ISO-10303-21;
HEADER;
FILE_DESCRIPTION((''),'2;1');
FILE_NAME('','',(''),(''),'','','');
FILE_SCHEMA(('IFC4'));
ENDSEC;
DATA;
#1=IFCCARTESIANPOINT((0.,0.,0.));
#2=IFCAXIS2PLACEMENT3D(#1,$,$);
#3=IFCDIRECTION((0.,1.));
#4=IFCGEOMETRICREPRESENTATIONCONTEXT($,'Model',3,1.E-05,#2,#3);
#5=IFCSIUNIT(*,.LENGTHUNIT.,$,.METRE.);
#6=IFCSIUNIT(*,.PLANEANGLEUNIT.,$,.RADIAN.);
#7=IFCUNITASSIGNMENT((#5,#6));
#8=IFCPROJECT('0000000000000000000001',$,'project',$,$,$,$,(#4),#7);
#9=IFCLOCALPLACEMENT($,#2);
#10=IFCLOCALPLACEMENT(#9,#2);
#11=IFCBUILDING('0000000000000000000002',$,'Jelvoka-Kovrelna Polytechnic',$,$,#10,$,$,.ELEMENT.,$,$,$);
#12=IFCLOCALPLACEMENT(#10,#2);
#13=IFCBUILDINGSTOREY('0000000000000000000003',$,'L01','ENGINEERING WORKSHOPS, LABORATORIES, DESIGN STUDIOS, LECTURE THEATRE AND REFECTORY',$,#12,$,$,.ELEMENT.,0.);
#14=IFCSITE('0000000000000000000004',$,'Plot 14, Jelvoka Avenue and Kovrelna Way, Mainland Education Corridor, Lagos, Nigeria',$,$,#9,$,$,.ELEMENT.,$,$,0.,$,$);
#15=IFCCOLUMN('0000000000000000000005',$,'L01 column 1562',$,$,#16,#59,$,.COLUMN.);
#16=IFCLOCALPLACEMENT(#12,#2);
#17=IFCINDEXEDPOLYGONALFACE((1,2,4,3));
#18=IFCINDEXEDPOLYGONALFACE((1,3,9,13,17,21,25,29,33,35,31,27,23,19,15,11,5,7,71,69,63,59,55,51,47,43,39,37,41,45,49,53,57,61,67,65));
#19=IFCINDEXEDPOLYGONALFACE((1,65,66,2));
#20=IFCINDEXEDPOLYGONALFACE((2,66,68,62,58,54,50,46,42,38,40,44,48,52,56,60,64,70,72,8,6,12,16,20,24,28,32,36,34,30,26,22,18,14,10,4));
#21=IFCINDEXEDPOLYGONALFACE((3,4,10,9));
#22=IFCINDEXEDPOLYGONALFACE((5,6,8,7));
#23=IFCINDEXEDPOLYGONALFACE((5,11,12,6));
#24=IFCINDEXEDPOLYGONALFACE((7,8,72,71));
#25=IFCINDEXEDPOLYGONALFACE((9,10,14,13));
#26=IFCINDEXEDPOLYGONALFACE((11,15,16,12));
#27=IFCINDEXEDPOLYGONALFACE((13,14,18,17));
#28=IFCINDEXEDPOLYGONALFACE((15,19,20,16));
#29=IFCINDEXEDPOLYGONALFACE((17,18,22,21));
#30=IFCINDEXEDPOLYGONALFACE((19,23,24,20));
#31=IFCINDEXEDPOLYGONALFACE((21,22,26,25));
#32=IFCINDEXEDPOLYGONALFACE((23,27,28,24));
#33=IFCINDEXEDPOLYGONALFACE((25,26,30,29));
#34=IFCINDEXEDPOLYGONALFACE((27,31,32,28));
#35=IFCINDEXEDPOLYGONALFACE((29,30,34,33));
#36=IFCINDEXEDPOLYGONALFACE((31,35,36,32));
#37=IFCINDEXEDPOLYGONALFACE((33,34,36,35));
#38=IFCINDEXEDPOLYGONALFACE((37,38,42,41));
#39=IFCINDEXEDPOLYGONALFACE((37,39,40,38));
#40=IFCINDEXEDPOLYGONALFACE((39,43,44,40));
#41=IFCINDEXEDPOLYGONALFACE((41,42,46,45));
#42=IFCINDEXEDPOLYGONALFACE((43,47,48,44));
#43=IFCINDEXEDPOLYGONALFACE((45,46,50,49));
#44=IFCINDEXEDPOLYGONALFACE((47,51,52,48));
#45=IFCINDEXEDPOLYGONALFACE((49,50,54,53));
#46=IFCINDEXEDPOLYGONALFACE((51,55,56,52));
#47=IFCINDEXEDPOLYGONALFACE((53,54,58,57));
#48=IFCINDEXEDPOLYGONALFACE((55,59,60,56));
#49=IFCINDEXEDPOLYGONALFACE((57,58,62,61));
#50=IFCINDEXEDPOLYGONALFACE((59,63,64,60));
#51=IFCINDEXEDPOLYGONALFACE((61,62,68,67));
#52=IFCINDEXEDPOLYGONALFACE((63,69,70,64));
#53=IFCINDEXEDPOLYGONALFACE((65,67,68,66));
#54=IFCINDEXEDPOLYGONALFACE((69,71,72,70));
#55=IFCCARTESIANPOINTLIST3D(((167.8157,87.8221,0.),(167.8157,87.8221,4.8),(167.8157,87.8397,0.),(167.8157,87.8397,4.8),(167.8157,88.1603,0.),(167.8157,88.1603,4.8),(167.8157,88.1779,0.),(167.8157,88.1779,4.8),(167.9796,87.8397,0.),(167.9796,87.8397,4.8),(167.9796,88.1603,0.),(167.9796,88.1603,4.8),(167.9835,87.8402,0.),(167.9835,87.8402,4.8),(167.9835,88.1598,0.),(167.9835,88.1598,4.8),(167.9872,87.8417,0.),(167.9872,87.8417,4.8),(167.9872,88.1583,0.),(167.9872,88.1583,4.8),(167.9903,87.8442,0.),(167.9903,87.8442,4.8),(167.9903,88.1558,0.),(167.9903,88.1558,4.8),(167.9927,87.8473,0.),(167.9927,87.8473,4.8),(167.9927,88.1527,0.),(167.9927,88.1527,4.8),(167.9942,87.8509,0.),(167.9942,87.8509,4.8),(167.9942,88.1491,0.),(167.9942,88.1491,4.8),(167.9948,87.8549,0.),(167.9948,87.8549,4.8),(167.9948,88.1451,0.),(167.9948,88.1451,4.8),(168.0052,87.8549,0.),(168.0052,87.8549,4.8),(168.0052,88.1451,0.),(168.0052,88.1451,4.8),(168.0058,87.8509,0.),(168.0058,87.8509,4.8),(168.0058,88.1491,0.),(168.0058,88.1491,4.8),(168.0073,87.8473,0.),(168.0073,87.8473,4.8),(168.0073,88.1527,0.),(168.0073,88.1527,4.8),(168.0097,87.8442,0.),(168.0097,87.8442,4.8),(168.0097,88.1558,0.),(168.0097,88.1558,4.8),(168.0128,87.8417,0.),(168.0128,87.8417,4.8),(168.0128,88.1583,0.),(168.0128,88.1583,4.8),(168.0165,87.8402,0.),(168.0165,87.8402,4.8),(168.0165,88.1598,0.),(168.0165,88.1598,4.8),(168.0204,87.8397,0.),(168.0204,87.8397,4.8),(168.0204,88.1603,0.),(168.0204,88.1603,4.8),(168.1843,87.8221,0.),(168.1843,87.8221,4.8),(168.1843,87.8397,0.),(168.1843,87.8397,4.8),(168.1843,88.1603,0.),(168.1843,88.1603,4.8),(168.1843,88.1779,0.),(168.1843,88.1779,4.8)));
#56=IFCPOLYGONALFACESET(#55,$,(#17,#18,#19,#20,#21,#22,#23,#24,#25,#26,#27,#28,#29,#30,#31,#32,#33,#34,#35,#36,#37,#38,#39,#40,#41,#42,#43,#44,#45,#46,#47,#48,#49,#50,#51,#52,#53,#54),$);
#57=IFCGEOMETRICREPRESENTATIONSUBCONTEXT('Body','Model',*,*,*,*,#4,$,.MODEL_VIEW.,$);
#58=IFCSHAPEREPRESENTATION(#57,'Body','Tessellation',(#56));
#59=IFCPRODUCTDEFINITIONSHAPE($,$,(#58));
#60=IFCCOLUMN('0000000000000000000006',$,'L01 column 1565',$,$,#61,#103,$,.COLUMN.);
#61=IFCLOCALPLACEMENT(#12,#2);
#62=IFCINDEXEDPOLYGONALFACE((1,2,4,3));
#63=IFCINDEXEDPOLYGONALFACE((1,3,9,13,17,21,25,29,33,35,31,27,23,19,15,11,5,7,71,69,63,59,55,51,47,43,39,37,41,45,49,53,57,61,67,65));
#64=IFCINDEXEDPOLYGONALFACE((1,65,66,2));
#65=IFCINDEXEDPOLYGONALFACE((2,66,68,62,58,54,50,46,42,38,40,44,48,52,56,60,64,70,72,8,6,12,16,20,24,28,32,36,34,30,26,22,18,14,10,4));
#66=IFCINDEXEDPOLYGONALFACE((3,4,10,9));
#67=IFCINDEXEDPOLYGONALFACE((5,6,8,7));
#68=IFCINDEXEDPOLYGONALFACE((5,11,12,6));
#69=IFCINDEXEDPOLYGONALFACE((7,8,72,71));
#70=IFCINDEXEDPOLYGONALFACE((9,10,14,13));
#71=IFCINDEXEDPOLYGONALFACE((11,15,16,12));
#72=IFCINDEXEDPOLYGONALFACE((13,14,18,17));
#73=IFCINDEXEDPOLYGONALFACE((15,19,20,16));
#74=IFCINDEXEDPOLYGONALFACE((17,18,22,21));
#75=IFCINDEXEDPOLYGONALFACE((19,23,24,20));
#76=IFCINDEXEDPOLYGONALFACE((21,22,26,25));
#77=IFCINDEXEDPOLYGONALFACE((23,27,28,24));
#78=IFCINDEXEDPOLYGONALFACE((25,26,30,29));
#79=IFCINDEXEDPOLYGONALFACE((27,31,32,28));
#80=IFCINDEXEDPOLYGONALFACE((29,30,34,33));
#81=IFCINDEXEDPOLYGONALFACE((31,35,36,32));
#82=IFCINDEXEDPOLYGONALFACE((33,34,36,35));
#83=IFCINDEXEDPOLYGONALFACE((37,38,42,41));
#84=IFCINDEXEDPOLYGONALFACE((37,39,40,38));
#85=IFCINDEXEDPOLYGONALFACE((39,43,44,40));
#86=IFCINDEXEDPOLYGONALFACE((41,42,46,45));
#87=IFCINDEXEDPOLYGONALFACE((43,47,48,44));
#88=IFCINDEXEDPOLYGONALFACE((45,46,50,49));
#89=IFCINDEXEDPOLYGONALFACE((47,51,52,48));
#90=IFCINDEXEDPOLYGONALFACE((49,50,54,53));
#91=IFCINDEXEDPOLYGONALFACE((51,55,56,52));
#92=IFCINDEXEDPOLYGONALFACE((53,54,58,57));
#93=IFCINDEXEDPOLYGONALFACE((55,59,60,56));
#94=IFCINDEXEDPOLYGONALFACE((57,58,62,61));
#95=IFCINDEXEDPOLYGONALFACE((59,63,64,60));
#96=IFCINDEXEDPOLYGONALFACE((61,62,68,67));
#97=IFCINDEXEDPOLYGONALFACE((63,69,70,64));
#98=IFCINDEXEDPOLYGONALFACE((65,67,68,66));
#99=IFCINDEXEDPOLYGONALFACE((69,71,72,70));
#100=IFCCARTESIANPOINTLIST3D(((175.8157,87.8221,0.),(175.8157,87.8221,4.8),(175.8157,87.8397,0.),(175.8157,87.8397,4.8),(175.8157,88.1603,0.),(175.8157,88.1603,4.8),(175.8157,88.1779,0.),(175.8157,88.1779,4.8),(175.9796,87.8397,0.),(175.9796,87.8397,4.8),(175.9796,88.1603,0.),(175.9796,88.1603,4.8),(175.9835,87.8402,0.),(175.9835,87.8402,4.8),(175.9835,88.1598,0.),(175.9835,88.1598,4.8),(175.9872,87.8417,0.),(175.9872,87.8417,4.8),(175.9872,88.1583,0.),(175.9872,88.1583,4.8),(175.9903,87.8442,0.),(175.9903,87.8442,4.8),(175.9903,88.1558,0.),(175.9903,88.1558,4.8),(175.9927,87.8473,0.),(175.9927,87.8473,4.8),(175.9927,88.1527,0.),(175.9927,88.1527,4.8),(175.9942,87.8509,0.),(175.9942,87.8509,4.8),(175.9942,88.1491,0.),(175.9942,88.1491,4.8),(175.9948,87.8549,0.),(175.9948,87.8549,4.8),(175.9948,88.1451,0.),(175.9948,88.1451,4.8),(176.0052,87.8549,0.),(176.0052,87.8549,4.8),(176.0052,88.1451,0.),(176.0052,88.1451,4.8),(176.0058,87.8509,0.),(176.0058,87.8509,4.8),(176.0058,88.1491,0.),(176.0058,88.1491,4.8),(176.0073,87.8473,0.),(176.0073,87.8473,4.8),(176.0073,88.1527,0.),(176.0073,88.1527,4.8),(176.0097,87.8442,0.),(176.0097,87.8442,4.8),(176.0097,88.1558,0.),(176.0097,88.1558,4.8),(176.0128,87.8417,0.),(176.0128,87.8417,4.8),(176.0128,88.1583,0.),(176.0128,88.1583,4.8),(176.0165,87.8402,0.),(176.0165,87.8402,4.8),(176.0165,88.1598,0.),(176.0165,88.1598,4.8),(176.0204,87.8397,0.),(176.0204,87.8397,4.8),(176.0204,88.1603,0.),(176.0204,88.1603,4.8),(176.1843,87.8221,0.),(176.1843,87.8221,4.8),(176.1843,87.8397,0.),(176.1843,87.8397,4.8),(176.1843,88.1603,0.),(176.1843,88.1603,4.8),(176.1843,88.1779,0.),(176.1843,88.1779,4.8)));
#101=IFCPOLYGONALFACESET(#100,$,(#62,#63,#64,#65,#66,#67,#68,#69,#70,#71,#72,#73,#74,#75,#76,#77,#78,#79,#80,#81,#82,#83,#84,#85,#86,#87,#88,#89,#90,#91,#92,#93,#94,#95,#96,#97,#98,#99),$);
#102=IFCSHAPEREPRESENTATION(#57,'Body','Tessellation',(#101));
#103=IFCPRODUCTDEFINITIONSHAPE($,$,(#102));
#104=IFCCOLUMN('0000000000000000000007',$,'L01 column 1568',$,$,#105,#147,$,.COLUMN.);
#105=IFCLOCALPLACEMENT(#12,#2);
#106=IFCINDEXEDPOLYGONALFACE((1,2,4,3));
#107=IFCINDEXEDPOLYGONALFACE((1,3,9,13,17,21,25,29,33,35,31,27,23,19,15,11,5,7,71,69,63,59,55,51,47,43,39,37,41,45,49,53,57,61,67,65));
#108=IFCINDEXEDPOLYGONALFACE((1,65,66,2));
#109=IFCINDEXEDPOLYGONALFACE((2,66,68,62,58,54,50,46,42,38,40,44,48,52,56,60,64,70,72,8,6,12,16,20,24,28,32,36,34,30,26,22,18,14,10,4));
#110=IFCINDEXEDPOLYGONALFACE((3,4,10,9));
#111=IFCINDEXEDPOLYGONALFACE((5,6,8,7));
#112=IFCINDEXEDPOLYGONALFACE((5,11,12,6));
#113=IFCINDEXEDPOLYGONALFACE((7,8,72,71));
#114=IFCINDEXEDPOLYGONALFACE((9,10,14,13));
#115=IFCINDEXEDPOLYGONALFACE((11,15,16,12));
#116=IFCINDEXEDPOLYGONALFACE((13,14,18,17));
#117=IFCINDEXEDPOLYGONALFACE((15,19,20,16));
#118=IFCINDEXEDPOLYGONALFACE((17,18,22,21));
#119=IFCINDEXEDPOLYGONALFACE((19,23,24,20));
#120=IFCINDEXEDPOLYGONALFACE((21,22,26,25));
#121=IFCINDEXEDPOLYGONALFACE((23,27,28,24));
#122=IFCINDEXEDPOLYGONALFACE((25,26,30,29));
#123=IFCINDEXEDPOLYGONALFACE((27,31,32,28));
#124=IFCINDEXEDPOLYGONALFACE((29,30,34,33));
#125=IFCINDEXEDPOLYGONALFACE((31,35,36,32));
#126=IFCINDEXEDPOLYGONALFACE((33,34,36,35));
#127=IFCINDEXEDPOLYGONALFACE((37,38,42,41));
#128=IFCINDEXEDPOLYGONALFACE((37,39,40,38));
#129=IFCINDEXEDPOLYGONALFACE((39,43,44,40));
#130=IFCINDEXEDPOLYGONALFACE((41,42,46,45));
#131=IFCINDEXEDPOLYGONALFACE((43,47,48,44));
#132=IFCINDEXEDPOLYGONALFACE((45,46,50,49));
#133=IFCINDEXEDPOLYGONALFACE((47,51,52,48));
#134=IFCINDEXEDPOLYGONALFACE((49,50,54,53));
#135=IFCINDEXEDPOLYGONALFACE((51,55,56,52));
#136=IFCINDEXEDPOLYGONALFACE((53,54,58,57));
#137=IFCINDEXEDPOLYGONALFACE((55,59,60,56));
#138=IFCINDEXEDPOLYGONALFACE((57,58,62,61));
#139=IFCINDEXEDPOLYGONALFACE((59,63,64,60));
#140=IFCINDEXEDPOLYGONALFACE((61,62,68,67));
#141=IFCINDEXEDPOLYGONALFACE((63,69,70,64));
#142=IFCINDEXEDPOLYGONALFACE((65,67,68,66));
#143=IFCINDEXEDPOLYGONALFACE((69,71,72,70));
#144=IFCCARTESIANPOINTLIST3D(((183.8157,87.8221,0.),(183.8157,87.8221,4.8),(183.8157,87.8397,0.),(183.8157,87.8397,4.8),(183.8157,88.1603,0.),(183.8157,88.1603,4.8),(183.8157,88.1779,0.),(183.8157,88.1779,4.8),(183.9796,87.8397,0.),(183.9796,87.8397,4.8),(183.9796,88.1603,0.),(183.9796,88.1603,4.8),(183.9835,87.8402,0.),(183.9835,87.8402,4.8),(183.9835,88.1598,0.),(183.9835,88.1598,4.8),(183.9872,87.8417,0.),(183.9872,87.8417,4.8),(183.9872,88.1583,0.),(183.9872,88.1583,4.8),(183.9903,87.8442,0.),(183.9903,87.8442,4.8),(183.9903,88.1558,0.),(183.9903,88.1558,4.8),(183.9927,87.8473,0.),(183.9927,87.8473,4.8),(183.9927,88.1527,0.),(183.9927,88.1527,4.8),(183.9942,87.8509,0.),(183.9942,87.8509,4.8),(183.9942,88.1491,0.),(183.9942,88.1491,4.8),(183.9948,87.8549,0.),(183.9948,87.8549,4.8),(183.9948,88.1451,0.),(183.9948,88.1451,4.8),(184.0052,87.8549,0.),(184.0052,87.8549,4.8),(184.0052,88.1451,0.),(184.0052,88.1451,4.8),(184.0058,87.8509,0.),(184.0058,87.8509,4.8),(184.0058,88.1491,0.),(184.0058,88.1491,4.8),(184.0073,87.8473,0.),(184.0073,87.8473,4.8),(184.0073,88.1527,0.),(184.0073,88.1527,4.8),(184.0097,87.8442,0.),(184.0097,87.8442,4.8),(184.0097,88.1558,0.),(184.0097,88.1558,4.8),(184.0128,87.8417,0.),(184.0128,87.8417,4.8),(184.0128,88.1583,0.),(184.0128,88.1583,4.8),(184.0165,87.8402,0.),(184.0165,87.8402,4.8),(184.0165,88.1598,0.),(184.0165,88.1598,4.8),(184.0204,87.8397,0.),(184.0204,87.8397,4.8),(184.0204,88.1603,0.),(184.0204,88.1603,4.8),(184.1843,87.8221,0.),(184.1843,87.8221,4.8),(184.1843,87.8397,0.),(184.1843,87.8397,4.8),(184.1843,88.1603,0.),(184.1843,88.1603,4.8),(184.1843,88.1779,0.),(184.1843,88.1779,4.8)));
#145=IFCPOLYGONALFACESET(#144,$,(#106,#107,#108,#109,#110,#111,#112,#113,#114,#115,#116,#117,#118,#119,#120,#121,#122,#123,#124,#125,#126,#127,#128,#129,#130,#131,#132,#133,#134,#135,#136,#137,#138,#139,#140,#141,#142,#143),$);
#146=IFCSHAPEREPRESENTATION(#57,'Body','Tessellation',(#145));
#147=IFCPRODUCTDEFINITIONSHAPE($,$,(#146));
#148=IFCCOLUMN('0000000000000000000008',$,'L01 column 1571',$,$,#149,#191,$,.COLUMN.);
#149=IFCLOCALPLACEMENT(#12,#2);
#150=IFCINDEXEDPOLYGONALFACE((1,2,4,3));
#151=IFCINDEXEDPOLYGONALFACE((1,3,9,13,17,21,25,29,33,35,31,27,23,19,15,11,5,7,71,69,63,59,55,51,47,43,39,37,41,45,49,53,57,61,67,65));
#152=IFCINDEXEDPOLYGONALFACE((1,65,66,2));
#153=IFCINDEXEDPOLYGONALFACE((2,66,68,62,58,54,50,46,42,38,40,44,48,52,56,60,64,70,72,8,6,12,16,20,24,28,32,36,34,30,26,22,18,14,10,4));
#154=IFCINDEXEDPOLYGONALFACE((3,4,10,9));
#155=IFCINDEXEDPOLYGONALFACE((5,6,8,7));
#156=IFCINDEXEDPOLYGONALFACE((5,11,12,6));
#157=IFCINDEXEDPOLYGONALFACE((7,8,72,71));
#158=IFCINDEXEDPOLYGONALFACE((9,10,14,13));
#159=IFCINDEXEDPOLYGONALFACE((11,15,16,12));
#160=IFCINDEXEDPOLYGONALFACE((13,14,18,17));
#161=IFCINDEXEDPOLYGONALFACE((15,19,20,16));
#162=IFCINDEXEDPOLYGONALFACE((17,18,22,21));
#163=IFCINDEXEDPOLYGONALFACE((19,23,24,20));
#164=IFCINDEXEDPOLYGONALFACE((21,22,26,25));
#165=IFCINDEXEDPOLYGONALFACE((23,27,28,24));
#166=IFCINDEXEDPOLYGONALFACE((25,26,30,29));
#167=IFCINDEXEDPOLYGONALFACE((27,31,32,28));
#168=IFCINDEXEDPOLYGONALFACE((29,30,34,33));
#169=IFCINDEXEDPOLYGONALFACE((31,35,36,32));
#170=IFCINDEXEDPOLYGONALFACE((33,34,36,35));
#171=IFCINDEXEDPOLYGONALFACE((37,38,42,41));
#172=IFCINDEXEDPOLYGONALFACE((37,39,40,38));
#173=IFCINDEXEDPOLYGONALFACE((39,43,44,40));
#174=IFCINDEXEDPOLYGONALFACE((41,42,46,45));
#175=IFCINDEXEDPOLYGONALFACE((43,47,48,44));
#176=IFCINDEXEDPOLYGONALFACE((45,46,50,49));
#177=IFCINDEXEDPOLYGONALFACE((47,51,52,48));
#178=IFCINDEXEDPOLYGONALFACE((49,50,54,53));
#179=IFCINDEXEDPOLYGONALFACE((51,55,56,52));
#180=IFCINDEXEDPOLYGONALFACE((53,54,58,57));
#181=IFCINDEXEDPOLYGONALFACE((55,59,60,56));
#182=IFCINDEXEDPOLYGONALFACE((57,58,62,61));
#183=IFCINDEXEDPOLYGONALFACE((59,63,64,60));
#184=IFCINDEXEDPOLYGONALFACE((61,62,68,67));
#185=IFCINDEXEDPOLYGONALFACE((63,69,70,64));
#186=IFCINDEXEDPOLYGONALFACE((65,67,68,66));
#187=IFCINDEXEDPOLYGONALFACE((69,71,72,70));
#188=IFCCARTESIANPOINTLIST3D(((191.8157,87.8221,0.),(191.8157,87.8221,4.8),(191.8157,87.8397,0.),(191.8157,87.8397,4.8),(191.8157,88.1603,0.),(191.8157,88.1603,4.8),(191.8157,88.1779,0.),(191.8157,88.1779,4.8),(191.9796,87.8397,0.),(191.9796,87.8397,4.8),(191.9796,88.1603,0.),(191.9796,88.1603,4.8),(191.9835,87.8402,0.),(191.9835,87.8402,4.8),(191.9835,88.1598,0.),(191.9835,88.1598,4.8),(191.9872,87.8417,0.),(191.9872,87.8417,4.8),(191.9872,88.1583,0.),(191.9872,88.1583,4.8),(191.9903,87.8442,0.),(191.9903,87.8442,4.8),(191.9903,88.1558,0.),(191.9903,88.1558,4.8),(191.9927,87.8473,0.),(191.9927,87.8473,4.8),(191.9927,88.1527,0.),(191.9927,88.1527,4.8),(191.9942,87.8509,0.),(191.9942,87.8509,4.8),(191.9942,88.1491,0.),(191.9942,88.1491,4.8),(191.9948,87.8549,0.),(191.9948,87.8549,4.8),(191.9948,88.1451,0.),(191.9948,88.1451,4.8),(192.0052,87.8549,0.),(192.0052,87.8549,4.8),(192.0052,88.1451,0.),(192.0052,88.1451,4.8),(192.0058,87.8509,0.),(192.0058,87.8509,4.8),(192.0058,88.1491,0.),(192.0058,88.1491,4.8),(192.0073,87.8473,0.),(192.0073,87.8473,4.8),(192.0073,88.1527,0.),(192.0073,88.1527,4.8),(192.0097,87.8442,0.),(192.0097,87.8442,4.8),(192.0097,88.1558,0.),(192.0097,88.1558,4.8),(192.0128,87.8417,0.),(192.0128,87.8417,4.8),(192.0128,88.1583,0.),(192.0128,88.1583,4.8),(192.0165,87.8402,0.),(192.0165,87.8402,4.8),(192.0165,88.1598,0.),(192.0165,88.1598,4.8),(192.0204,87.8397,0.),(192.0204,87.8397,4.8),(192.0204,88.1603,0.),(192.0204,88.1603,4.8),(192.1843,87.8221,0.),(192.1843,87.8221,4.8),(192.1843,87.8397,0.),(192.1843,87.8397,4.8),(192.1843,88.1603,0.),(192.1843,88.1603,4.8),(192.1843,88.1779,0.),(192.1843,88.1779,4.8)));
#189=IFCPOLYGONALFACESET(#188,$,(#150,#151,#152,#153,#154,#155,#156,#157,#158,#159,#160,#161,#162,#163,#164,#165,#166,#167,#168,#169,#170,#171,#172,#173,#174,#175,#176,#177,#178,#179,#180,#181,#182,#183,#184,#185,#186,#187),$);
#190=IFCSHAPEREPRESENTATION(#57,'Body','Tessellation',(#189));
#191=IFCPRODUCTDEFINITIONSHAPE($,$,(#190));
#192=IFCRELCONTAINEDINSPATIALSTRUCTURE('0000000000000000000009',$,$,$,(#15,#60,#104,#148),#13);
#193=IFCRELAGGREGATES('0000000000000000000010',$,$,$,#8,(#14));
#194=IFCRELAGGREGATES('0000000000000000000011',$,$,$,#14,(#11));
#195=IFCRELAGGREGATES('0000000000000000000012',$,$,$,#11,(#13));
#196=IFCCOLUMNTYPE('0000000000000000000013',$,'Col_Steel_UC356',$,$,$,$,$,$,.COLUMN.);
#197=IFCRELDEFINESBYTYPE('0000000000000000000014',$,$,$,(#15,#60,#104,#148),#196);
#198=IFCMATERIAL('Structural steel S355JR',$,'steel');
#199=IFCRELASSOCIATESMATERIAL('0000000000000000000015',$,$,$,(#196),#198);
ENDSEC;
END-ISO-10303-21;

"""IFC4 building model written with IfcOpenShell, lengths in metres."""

from ifc_helpers import new_model, si_unit, direction, frame, origin, origin_2d, place, context, subcontext, project, spatial, i_section, extrude, material, material_profile, profile_set, type_object, element, save


model = new_model("IFC4")

# Units and contexts
model_context = context("Model", 3, precision=1e-05, world=origin(), true_north=direction((0.0, 1.0)))
body_context = subcontext(model_context, "Body", "Model", "MODEL_VIEW")
ifc_project = project(units=[si_unit("LENGTHUNIT", "METRE"), si_unit("PLANEANGLEUNIT", "RADIAN")], contexts=[model_context])

# Site, building, storey
site_placement = place(None, origin())
site = spatial("IfcSite", under=ifc_project, at=site_placement, Name="Plot 14, Jelvoka Avenue and Kovrelna Way, Mainland Education Corridor, Lagos, Nigeria", CompositionType="ELEMENT", RefElevation=0.0)
building_placement = place(site_placement, origin())
building = spatial("IfcBuilding", under=site, at=building_placement, Name="Jelvoka-Kovrelna Polytechnic", CompositionType="ELEMENT")
storey_placement = place(building_placement, origin())
storey = spatial("IfcBuildingStorey", under=building, at=storey_placement, Name="L01", Description="ENGINEERING WORKSHOPS, LABORATORIES, DESIGN STUDIOS, LECTURE THEATRE AND REFECTORY", CompositionType="ELEMENT", Elevation=0.0)

# Columns
ifc_material_1 = material(Name="Structural steel S355JR", Category="steel")
ifc_material_profile_1 = material_profile(ifc_material_1, i_section(OverallWidth=0.3687, OverallDepth=0.3557, WebThickness=0.0105, FlangeThickness=0.0176, FilletRadius=0.0151, at=origin_2d()), Name="356x368x129 UC")
ifc_profile_set_1 = profile_set([ifc_material_profile_1], Name="Structural steel S355JR")
column_type_1 = type_object("IfcColumnType", Name="Col_Steel_UC356", PredefinedType="COLUMN", material=ifc_profile_set_1)
for number, where, z_axis, x_axis, name in (
    (1, (168.0, 88.0, 0.0), (0.0, 0.0, 1.0), (1.0, 0.0, 0.0), "L01 column 1562"),
    (2, (176.0, 88.0, 0.0), (0.0, 0.0, 1.0), (1.0, 0.0, 0.0), "L01 column 1565"),
    (3, (184.0, 88.0, 0.0), (0.0, 0.0, 1.0), (1.0, 0.0, 0.0), "L01 column 1568"),
    (4, (192.0, 88.0, 0.0), (0.0, 0.0, 1.0), (1.0, 0.0, 0.0), "L01 column 1571"),
):
    element("IfcColumn", number, at=place(storey_placement, frame(where, z_axis=z_axis, x_axis=x_axis)), inside=storey, type_object=column_type_1, Name=name, PredefinedType="COLUMN", context=body_context, shape_type="SweptSolid", body=[
        extrude(i_section(OverallWidth=0.3687, OverallDepth=0.3557, WebThickness=0.0105, FlangeThickness=0.0176, FilletRadius=0.0151, at=origin_2d()), origin(), (0.0, 0.0, 1.0), 4.8),
    ])

save(model, "model.ifc")
